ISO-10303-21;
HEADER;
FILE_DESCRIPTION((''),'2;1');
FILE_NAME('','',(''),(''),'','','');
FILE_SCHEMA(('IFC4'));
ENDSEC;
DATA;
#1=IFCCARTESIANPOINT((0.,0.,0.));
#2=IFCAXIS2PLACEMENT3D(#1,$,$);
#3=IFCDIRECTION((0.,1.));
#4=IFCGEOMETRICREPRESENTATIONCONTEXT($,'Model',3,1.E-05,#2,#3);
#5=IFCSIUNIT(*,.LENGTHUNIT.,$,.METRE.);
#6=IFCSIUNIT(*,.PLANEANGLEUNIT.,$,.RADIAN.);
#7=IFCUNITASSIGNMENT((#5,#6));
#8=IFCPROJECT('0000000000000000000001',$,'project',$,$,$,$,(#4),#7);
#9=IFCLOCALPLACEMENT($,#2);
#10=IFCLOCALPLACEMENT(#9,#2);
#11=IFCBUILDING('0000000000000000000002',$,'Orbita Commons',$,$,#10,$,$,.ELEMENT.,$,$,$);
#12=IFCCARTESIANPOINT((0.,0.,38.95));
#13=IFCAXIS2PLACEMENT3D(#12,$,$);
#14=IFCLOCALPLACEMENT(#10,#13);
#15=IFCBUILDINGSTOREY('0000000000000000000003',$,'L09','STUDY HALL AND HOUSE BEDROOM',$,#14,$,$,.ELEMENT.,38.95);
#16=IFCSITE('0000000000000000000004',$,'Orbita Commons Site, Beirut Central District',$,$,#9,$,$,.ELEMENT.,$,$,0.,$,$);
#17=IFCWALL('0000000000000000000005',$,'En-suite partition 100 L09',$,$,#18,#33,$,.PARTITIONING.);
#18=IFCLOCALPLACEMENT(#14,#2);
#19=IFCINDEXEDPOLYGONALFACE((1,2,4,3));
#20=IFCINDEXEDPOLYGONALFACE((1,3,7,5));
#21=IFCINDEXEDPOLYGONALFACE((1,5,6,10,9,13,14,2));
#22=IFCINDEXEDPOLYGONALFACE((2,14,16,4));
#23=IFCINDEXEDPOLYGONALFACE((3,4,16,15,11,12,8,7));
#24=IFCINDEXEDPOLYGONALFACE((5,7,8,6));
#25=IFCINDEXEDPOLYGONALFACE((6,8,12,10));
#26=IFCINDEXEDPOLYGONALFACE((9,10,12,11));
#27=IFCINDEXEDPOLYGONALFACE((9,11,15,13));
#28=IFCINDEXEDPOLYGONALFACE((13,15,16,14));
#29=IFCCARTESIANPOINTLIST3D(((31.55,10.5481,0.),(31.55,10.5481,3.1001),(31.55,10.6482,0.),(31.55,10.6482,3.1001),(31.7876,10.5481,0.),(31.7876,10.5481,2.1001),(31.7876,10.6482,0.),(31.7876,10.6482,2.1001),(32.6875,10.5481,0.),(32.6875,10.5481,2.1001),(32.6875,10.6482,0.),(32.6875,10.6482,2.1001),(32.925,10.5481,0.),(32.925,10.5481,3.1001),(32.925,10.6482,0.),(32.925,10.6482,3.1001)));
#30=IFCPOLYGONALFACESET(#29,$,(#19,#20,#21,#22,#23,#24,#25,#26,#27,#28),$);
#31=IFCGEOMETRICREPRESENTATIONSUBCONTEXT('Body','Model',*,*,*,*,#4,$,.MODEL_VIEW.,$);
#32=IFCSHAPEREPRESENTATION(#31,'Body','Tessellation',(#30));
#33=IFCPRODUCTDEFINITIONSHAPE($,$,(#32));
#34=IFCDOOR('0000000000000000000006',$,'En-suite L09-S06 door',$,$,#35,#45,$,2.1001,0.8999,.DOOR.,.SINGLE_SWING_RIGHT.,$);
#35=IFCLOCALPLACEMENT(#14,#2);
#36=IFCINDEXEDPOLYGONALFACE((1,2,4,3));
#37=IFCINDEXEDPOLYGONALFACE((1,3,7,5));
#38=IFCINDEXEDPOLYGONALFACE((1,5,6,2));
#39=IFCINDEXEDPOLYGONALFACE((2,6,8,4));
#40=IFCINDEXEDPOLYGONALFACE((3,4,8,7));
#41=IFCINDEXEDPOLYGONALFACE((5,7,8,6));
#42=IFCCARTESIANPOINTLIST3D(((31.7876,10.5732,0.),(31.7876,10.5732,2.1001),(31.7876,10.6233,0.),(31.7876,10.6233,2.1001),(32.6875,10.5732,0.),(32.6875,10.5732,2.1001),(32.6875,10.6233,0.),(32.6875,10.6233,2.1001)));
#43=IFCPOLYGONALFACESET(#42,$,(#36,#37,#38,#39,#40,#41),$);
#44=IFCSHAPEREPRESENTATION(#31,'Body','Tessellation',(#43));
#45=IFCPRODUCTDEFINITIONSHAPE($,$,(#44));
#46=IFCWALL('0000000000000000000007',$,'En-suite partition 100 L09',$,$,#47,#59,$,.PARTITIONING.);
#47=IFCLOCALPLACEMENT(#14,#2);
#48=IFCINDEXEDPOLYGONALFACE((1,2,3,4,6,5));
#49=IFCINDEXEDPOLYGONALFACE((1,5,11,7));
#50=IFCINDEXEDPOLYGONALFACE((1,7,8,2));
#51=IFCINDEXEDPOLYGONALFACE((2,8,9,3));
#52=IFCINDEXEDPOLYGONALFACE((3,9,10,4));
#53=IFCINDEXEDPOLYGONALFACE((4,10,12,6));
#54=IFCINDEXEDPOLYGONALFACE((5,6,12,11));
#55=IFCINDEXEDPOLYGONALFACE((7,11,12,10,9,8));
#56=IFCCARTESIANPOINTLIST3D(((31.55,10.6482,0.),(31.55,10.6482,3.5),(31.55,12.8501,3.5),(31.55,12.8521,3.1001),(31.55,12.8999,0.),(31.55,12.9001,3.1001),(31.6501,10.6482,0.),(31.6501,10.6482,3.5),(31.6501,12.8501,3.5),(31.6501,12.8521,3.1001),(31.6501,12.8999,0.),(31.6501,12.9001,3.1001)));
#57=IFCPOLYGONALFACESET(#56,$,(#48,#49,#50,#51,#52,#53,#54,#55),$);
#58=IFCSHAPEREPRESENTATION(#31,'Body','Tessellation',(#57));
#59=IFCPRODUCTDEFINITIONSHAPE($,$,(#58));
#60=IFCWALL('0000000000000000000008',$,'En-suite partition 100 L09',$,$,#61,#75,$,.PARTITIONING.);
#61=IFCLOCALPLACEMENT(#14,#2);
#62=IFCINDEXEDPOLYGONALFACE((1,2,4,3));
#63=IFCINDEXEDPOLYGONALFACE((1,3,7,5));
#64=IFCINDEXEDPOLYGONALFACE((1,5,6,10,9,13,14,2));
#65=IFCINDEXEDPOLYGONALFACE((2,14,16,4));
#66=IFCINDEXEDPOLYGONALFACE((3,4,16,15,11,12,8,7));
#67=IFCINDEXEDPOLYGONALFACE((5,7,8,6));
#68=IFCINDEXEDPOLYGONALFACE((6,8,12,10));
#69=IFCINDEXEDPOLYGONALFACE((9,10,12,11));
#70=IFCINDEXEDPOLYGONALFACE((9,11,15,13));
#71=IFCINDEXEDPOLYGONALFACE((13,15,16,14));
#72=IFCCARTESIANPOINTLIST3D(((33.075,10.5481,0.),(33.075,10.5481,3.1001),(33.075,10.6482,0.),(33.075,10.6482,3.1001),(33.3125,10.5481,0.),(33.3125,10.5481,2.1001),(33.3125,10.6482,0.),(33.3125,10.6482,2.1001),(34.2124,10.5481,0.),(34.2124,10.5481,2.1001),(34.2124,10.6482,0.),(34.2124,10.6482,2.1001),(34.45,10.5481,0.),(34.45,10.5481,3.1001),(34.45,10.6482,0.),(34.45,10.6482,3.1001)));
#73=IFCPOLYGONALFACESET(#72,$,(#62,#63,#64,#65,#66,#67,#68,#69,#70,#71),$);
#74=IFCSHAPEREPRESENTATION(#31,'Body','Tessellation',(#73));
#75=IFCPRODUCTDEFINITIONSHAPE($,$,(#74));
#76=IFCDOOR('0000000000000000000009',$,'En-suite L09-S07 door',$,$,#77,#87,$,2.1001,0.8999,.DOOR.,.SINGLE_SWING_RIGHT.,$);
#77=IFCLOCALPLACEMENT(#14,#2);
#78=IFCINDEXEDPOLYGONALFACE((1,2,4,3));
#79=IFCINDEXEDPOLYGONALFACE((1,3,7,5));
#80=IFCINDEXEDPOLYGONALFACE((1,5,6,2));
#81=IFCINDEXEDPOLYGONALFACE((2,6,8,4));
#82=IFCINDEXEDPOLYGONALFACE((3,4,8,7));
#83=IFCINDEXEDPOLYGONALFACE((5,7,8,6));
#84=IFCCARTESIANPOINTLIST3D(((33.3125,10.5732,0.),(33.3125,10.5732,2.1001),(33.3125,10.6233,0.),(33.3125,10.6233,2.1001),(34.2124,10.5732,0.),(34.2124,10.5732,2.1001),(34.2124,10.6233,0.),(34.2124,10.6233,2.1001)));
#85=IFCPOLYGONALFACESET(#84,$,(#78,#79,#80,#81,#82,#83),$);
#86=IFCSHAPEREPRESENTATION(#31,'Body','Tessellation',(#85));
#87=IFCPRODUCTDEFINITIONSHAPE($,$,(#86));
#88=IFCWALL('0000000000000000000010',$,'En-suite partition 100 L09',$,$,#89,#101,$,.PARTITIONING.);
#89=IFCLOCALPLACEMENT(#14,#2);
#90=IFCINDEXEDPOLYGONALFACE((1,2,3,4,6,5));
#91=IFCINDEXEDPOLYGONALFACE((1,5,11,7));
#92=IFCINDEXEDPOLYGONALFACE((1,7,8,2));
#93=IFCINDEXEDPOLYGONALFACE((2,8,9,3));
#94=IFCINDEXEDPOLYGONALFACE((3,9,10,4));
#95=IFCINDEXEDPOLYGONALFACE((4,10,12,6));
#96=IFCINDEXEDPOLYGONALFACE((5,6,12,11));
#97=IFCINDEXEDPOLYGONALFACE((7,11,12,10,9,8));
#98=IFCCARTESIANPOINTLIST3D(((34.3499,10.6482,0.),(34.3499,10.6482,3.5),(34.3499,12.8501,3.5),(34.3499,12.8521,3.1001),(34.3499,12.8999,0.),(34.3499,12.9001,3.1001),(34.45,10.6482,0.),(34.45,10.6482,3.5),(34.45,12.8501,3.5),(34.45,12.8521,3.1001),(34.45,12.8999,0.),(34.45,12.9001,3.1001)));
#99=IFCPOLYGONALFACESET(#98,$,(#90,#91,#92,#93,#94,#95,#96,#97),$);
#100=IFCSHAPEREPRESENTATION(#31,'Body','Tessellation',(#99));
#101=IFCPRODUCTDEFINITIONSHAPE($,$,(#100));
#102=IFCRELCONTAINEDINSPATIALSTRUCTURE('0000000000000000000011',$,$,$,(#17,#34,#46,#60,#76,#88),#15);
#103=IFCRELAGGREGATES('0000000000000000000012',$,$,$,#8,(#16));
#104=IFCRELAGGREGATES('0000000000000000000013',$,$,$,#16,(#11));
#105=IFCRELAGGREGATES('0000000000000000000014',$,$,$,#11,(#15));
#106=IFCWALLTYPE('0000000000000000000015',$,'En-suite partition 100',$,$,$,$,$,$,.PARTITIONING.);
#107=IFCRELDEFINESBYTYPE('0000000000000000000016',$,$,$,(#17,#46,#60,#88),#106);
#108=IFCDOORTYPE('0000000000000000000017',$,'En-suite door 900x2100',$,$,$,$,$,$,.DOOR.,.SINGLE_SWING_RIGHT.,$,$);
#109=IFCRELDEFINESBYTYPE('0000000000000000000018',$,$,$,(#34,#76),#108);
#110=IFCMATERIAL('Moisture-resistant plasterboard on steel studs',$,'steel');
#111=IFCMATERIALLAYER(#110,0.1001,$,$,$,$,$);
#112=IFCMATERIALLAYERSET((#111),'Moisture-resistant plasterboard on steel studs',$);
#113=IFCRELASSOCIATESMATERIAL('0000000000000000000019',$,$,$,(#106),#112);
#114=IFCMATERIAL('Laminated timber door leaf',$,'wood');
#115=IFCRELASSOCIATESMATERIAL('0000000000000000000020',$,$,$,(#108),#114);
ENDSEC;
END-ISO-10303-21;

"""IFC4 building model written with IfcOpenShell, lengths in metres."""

from ifc_helpers import new_model, si_unit, direction, frame, frame_2d, origin, place, context, subcontext, project, spatial, polyline, rectangle, outline, extrude, material, layer, layer_set, type_object, element, fill, save


model = new_model("IFC4")

# Units and contexts
model_context = context("Model", 3, precision=1e-05, world=origin(), true_north=direction((0.0, 1.0)))
body_context = subcontext(model_context, "Body", "Model", "MODEL_VIEW")
ifc_project = project(units=[si_unit("LENGTHUNIT", "METRE"), si_unit("PLANEANGLEUNIT", "RADIAN")], contexts=[model_context])

# Site, building, storey
site_placement = place(None, origin())
site = spatial("IfcSite", under=ifc_project, at=site_placement, Name="Orbita Commons Site, Beirut Central District", CompositionType="ELEMENT", RefElevation=0.0)
building_placement = place(site_placement, origin())
building = spatial("IfcBuilding", under=site, at=building_placement, Name="Orbita Commons", CompositionType="ELEMENT")
storey_placement = place(building_placement, frame((0.0, 0.0, 38.95)))
storey = spatial("IfcBuildingStorey", under=building, at=storey_placement, Name="L09", Description="STUDY HALL AND HOUSE BEDROOM", CompositionType="ELEMENT", Elevation=38.95)

# Shared definitions
ifc_material_1 = material(Name="Moisture-resistant plasterboard on steel studs", Category="steel")
ifc_layer_1 = layer(ifc_material_1, 0.1001)
ifc_layer_set_1 = layer_set([ifc_layer_1], Name="Moisture-resistant plasterboard on steel studs")
wall_type_1 = type_object("IfcWallType", Name="En-suite partition 100", PredefinedType="PARTITIONING", material=ifc_layer_set_1)
ifc_material_2 = material(Name="Laminated timber door leaf", Category="wood")
door_type_1 = type_object("IfcDoorType", Name="En-suite door 900x2100", OperationType="SINGLE_SWING_RIGHT", PredefinedType="DOOR", material=ifc_material_2)

# Wall, opening, door
wall_1_placement = place(storey_placement, frame((32.925, 10.5981, 0.0), z_axis=(0.0, 0.0, 1.0), x_axis=(-1.0, 0.0, 0.0)))
wall_1 = element("IfcWall", 1, at=wall_1_placement, inside=storey, type_object=wall_type_1, Name="En-suite partition 100 L09", PredefinedType="PARTITIONING", context=body_context, shape_type="SweptSolid", body=[
    extrude(outline(polyline([(0.0, 0.0), (1.375, 0.0), (1.375, 3.1001), (0.0, 3.1001), (0.0, 0.0)])), frame((0.0, 0.05, 0.0), z_axis=(0.0, -1.0, 0.0), x_axis=(1.0, 0.0, 0.0)), (0.0, 0.0, 1.0), 0.1001),
])
opening_1_placement = place(wall_1_placement, frame((0.2375, 0.0, 0.0)))
opening_1 = element("IfcOpeningElement", 2, at=opening_1_placement, cuts=wall_1, PredefinedType="OPENING", context=body_context, shape_type="SweptSolid", body=[
    extrude(rectangle(XDim=0.8999, YDim=2.1001, at=frame_2d((0.45, 1.05))), frame((0.0, 0.0601, 0.0), z_axis=(0.0, -1.0, 0.0), x_axis=(1.0, 0.0, 0.0)), (0.0, 0.0, 1.0), 0.1201),
])
door_1_placement = place(opening_1_placement, origin())
door_1 = element("IfcDoor", 3, at=door_1_placement, inside=storey, type_object=door_type_1, Name="En-suite L09-S06 door", OperationType="SINGLE_SWING_RIGHT", OverallHeight=2.1001, OverallWidth=0.8999, PredefinedType="DOOR", context=body_context, shape_type="SweptSolid", body=[
    extrude(rectangle(XDim=0.8999, YDim=2.1001, at=frame_2d((0.45, 1.05))), frame((0.0, 0.0249, 0.0), z_axis=(0.0, -1.0, 0.0), x_axis=(1.0, 0.0, 0.0)), (0.0, 0.0, 1.0), 0.05),
])
fill(opening_1, door_1)

# Wall
wall_2_placement = place(storey_placement, frame((31.6001, 10.6482, 0.0), z_axis=(0.0, 0.0, 1.0), x_axis=(0.0, 1.0, 0.0)))
element("IfcWall", 4, at=wall_2_placement, inside=storey, type_object=wall_type_1, Name="En-suite partition 100 L09", PredefinedType="PARTITIONING", context=body_context, shape_type="SweptSolid", body=[
    extrude(outline(polyline([(0.0, 0.0), (2.2517, 0.0), (2.252, 3.1001), (2.2039, 3.1001), (2.2019, 3.5), (0.0, 3.5), (0.0, 0.0)])), frame((0.0, 0.05, 0.0), z_axis=(0.0, -1.0, 0.0), x_axis=(1.0, 0.0, 0.0)), (0.0, 0.0, 1.0), 0.1001),
])

# Wall, opening, door
wall_3_placement = place(storey_placement, frame((34.45, 10.5981, 0.0), z_axis=(0.0, 0.0, 1.0), x_axis=(-1.0, 0.0, 0.0)))
wall_3 = element("IfcWall", 5, at=wall_3_placement, inside=storey, type_object=wall_type_1, Name="En-suite partition 100 L09", PredefinedType="PARTITIONING", context=body_context, shape_type="SweptSolid", body=[
    extrude(outline(polyline([(0.0, 0.0), (1.375, 0.0), (1.375, 3.1001), (0.0, 3.1001), (0.0, 0.0)])), frame((0.0, 0.05, 0.0), z_axis=(0.0, -1.0, 0.0), x_axis=(1.0, 0.0, 0.0)), (0.0, 0.0, 1.0), 0.1001),
])
opening_2_placement = place(wall_3_placement, frame((0.2375, 0.0, 0.0)))
opening_2 = element("IfcOpeningElement", 6, at=opening_2_placement, cuts=wall_3, PredefinedType="OPENING", context=body_context, shape_type="SweptSolid", body=[
    extrude(rectangle(XDim=0.8999, YDim=2.1001, at=frame_2d((0.45, 1.05))), frame((0.0, 0.0601, 0.0), z_axis=(0.0, -1.0, 0.0), x_axis=(1.0, 0.0, 0.0)), (0.0, 0.0, 1.0), 0.1201),
])
door_2_placement = place(opening_2_placement, origin())
door_2 = element("IfcDoor", 7, at=door_2_placement, inside=storey, type_object=door_type_1, Name="En-suite L09-S07 door", OperationType="SINGLE_SWING_RIGHT", OverallHeight=2.1001, OverallWidth=0.8999, PredefinedType="DOOR", context=body_context, shape_type="SweptSolid", body=[
    extrude(rectangle(XDim=0.8999, YDim=2.1001, at=frame_2d((0.45, 1.05))), frame((0.0, 0.0249, 0.0), z_axis=(0.0, -1.0, 0.0), x_axis=(1.0, 0.0, 0.0)), (0.0, 0.0, 1.0), 0.05),
])
fill(opening_2, door_2)

# Wall
wall_4_placement = place(storey_placement, frame((34.3999, 10.6482, 0.0), z_axis=(0.0, 0.0, 1.0), x_axis=(0.0, 1.0, 0.0)))
element("IfcWall", 8, at=wall_4_placement, inside=storey, type_object=wall_type_1, Name="En-suite partition 100 L09", PredefinedType="PARTITIONING", context=body_context, shape_type="SweptSolid", body=[
    extrude(outline(polyline([(0.0, 0.0), (2.2517, 0.0), (2.252, 3.1001), (2.2039, 3.1001), (2.2019, 3.5), (0.0, 3.5), (0.0, 0.0)])), frame((0.0, 0.05, 0.0), z_axis=(0.0, -1.0, 0.0), x_axis=(1.0, 0.0, 0.0)), (0.0, 0.0, 1.0), 0.1001),
])

save(model, "model.ifc")
